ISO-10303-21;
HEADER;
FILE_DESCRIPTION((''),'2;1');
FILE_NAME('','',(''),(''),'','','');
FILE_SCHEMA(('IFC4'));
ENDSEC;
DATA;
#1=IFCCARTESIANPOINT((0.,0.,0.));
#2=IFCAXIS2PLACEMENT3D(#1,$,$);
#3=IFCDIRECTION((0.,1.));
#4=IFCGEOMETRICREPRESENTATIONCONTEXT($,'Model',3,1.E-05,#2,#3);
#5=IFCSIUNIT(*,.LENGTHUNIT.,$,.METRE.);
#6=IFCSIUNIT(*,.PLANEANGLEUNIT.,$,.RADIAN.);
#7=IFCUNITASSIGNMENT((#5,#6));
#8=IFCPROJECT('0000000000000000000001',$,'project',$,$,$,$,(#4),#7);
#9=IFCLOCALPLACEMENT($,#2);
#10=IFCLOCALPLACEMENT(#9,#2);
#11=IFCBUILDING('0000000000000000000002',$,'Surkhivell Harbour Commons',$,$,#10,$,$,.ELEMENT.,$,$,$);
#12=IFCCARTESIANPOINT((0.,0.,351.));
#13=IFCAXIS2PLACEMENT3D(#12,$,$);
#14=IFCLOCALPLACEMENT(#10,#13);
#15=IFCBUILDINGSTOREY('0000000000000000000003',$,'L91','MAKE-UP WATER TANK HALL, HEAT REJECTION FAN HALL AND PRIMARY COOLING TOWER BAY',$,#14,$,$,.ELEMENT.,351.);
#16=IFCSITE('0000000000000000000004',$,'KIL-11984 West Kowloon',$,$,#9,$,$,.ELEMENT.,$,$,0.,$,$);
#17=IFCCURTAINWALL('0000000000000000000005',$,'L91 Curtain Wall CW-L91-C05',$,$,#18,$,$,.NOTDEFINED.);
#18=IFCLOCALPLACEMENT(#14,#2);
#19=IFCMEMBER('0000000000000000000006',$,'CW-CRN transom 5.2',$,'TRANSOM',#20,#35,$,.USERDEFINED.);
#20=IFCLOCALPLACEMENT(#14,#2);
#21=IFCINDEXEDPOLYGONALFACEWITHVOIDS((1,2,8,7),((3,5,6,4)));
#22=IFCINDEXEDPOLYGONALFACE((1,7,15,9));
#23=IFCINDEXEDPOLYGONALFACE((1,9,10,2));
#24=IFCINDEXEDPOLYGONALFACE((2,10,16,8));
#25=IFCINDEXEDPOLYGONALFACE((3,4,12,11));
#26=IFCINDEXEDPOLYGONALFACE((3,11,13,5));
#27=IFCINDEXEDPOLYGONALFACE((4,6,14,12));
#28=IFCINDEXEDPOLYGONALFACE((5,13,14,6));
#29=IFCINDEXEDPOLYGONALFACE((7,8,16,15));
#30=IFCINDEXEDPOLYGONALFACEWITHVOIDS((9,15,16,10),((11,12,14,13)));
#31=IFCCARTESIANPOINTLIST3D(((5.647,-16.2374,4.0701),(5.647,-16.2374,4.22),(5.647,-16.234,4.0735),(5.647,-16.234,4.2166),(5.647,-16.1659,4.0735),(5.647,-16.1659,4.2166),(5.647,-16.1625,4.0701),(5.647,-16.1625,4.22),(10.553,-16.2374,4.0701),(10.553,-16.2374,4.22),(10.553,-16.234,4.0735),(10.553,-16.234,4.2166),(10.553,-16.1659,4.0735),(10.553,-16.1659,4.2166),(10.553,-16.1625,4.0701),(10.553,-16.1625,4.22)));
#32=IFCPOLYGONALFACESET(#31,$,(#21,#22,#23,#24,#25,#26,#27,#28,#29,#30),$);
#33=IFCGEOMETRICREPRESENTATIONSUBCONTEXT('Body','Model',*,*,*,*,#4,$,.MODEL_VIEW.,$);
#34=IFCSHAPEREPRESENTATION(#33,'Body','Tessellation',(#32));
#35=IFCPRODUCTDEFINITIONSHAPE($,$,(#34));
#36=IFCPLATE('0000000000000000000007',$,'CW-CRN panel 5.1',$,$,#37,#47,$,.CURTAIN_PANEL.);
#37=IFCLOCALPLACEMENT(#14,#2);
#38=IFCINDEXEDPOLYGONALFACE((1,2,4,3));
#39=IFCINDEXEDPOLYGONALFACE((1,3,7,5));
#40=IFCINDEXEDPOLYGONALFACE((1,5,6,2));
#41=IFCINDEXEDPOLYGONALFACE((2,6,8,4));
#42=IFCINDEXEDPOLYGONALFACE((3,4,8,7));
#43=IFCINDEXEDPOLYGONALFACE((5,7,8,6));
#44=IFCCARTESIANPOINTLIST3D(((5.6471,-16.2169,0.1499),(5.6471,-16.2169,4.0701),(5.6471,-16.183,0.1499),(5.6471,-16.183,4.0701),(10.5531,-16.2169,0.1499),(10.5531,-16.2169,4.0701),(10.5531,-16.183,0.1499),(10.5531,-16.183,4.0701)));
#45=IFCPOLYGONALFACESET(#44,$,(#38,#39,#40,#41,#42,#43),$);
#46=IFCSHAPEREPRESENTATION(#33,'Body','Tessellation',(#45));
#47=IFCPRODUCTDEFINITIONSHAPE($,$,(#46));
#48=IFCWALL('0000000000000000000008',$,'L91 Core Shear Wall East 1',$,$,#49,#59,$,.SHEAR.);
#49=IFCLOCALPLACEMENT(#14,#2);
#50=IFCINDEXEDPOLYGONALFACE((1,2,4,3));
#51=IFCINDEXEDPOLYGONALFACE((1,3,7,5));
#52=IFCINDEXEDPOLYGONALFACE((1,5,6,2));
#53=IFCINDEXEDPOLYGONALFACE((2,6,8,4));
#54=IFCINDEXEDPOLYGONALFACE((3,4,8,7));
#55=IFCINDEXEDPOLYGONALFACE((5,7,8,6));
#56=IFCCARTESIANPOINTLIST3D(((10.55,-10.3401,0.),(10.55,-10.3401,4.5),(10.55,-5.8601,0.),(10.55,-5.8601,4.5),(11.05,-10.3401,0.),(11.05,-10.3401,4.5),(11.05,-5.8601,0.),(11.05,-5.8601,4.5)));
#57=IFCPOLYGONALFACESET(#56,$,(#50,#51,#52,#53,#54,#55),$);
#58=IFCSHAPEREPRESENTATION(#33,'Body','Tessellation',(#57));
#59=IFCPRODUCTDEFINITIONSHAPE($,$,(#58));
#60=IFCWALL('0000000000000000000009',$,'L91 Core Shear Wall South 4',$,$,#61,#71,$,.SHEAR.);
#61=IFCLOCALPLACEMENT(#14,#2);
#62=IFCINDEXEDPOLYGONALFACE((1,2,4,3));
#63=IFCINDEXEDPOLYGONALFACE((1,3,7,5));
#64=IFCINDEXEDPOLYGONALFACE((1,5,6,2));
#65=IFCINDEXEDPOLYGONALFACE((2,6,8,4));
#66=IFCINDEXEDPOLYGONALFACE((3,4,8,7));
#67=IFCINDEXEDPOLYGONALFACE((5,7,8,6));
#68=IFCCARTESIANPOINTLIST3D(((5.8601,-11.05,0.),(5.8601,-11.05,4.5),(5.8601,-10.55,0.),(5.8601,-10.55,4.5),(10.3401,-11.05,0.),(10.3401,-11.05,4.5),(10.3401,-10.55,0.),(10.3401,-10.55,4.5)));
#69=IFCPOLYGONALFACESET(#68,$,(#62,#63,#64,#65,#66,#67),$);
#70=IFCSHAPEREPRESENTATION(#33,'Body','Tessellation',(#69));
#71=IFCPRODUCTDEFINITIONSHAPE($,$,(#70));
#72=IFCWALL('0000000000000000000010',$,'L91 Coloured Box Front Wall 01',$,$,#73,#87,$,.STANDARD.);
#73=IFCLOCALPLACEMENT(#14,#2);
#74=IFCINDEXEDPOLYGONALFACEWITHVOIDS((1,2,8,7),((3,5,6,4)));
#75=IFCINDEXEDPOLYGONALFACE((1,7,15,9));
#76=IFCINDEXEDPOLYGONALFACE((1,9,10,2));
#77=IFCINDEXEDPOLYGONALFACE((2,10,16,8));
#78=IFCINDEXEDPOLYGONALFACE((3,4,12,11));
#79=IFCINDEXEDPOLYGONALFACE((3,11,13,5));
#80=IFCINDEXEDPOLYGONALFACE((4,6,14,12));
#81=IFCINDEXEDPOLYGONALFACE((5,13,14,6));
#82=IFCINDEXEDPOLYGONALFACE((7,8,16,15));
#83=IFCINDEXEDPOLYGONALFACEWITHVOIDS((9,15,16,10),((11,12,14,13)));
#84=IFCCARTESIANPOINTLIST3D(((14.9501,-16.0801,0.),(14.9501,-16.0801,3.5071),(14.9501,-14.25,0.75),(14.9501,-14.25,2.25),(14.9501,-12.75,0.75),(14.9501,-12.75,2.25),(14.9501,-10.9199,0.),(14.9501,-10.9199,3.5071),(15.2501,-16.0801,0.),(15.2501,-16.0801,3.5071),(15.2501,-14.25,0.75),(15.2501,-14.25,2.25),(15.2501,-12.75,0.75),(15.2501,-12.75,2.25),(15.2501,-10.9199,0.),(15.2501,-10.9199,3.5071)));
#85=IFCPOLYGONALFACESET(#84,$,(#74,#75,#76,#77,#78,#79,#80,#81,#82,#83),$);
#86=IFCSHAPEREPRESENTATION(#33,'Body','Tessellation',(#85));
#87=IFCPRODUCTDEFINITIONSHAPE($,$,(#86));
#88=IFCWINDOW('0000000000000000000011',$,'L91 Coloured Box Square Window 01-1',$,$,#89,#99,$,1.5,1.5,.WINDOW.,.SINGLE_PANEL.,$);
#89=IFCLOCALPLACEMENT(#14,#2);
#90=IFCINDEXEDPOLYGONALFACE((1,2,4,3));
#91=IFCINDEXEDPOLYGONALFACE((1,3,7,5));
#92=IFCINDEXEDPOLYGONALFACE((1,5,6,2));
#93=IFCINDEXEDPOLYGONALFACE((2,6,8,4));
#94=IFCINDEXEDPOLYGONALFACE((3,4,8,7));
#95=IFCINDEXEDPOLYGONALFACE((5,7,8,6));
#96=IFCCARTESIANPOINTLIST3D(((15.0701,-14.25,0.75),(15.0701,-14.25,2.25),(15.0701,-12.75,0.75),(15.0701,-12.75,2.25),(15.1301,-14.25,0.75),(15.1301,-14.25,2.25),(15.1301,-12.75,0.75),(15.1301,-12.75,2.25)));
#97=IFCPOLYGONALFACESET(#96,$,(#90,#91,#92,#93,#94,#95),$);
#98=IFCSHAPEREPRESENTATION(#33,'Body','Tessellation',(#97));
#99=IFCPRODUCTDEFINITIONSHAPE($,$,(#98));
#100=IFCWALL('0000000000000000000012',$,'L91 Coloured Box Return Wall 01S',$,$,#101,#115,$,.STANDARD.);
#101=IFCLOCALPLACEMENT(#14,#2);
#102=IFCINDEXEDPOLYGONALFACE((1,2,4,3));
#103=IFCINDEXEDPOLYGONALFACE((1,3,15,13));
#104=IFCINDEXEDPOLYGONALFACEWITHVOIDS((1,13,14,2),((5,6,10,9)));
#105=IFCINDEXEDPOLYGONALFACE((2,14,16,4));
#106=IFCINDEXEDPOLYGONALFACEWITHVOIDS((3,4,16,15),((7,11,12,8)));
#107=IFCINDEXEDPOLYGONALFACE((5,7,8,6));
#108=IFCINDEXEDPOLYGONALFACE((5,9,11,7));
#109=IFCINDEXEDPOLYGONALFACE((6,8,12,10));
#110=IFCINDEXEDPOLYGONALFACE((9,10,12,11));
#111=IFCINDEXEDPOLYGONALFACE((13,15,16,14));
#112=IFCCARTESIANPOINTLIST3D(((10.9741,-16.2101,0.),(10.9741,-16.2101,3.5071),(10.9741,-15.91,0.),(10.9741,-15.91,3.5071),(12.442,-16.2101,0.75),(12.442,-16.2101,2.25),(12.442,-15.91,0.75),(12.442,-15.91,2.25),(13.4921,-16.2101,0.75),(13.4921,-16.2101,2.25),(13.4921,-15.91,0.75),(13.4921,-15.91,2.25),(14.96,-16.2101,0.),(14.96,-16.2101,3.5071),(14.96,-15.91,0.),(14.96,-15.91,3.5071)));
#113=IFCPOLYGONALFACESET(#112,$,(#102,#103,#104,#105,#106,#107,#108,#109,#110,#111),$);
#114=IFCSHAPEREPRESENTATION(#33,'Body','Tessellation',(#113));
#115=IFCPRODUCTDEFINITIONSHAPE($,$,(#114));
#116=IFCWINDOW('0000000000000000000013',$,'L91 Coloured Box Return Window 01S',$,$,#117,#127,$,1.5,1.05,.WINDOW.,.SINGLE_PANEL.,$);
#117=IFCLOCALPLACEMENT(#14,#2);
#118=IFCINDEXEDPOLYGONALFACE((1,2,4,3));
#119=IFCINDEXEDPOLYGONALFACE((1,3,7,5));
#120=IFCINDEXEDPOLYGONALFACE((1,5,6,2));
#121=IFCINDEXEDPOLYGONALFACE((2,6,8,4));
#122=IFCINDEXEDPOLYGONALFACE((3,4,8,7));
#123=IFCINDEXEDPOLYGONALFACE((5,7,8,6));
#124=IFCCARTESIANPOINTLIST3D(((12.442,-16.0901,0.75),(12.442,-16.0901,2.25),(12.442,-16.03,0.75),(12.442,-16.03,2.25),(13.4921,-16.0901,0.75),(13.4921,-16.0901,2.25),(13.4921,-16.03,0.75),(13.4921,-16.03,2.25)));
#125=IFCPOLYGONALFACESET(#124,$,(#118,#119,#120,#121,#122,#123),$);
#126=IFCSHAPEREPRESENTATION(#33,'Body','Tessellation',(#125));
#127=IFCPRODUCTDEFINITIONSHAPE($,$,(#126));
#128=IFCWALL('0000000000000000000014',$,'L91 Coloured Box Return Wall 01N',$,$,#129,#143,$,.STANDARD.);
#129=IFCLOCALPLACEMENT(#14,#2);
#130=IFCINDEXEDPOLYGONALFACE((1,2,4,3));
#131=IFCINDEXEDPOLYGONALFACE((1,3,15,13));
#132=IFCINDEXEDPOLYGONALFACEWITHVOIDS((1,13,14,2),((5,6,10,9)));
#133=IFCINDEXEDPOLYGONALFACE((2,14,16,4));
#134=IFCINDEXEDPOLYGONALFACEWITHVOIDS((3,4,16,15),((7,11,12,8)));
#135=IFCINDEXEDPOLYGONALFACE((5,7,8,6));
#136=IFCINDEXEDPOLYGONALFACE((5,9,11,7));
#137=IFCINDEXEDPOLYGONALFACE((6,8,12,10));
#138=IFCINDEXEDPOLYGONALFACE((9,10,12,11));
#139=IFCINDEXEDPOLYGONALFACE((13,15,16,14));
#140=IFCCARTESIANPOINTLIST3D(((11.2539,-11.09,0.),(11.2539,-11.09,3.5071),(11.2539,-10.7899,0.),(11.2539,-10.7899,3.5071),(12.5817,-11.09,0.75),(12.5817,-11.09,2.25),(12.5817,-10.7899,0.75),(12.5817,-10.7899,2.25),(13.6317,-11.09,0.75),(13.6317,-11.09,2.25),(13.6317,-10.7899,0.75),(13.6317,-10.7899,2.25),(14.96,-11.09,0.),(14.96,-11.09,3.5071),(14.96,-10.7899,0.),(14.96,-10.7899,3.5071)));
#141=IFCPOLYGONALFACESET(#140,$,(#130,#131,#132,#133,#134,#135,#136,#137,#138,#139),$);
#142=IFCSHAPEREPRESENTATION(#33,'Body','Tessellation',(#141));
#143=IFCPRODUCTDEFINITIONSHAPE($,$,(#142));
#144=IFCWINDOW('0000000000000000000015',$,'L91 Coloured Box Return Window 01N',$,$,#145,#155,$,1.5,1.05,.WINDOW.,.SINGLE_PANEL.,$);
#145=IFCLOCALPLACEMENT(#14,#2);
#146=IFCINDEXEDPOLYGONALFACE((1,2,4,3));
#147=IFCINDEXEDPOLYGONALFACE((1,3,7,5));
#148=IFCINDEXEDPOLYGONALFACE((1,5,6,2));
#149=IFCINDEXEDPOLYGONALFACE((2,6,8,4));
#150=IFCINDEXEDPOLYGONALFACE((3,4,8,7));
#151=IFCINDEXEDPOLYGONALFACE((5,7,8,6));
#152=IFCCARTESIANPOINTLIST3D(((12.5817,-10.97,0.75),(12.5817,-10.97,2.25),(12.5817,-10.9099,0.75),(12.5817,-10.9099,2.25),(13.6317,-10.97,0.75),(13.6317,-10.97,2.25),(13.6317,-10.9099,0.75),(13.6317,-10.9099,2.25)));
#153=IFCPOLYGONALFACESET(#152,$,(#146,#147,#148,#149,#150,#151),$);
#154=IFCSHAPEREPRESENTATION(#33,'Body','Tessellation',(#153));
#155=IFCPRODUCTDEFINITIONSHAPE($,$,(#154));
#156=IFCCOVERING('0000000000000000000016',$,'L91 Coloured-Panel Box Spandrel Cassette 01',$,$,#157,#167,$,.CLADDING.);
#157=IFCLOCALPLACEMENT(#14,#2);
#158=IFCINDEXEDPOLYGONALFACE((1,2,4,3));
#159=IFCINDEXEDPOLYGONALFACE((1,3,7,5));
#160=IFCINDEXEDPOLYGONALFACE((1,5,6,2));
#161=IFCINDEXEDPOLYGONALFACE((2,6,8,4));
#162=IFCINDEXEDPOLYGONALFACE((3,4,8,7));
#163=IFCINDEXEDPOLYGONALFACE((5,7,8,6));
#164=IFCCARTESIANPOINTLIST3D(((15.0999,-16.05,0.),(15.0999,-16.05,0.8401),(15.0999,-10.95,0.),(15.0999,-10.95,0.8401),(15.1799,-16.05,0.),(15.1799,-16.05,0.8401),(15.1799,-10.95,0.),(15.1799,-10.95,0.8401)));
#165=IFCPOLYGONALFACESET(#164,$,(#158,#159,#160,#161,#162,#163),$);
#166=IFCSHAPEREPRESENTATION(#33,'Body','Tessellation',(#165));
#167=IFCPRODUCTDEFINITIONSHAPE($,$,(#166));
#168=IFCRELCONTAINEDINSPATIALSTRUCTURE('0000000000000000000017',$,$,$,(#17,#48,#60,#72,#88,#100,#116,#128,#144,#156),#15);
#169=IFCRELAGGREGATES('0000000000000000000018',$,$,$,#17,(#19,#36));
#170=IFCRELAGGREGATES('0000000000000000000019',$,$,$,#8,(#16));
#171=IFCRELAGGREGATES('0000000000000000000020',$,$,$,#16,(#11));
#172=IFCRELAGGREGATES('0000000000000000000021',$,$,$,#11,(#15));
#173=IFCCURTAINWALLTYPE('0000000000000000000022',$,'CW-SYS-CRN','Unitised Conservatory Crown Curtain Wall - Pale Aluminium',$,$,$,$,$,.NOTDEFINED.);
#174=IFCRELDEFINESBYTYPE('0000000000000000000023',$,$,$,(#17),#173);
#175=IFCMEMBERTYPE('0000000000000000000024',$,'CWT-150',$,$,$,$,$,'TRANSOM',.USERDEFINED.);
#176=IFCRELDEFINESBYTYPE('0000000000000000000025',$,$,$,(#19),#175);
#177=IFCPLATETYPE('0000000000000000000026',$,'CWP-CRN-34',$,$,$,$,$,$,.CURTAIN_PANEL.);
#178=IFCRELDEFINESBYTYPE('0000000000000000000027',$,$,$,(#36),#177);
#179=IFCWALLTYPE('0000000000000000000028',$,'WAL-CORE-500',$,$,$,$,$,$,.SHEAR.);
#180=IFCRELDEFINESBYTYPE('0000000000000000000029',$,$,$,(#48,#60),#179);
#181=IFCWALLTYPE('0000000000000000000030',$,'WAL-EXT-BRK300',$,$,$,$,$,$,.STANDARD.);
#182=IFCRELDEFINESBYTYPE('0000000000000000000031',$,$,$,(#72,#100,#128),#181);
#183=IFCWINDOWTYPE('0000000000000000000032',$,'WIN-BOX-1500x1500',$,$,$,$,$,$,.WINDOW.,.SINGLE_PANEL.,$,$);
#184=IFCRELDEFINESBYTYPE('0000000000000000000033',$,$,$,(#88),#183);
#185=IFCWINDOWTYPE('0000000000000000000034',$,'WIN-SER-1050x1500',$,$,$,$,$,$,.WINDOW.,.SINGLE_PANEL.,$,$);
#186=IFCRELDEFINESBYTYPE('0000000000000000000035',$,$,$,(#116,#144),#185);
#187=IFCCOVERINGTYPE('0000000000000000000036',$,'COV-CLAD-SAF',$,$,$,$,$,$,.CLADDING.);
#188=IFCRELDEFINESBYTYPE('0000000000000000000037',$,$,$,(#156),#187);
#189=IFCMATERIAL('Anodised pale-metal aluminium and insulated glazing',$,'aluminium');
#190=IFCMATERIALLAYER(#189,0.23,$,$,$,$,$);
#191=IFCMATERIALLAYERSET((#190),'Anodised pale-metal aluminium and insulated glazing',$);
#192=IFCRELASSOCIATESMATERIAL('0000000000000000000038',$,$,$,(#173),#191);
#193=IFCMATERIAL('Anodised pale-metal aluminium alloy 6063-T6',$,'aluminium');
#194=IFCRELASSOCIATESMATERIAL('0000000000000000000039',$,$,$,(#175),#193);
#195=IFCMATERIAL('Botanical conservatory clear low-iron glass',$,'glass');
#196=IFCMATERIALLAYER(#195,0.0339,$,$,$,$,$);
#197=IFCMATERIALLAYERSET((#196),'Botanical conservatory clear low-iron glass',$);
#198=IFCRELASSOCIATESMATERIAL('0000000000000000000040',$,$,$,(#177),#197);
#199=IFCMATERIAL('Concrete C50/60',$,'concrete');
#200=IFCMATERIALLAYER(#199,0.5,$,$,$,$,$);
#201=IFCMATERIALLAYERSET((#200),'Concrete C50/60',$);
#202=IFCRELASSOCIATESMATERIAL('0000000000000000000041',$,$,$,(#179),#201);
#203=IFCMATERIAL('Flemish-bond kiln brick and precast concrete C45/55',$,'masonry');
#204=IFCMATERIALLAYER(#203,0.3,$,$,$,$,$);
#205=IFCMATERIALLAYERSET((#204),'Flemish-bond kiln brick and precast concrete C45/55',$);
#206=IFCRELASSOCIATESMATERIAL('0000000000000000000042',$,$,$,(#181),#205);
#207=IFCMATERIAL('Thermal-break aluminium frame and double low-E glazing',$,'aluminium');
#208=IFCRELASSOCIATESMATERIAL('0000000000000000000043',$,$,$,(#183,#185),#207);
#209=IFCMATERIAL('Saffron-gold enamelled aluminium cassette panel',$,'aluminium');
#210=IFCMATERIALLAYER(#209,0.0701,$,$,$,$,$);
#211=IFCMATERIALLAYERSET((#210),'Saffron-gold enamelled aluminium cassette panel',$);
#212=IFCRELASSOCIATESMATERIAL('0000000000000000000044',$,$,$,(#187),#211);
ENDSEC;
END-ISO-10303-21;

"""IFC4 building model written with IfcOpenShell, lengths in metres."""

from ifc_helpers import new_model, si_unit, direction, frame, frame_2d, origin, origin_2d, place, context, subcontext, project, spatial, rectangle, hollow_rectangle, extrude, material, layer, layer_set, material_profile, profile_set, type_object, element, fill, aggregate, save


model = new_model("IFC4")

# Units and contexts
model_context = context("Model", 3, precision=1e-05, world=origin(), true_north=direction((0.0, 1.0)))
body_context = subcontext(model_context, "Body", "Model", "MODEL_VIEW")
ifc_project = project(units=[si_unit("LENGTHUNIT", "METRE"), si_unit("PLANEANGLEUNIT", "RADIAN")], contexts=[model_context])

# Site, building, storey
site_placement = place(None, origin())
site = spatial("IfcSite", under=ifc_project, at=site_placement, Name="KIL-11984 West Kowloon", CompositionType="ELEMENT", RefElevation=0.0)
building_placement = place(site_placement, origin())
building = spatial("IfcBuilding", under=site, at=building_placement, Name="Surkhivell Harbour Commons", CompositionType="ELEMENT")
storey_placement = place(building_placement, frame((0.0, 0.0, 351.0)))
storey = spatial("IfcBuildingStorey", under=building, at=storey_placement, Name="L91", Description="MAKE-UP WATER TANK HALL, HEAT REJECTION FAN HALL AND PRIMARY COOLING TOWER BAY", CompositionType="ELEMENT", Elevation=351.0)

# Curtain wall
ifc_material_1 = material(Name="Anodised pale-metal aluminium and insulated glazing", Category="aluminium")
ifc_layer_1 = layer(ifc_material_1, 0.23)
ifc_layer_set_1 = layer_set([ifc_layer_1], Name="Anodised pale-metal aluminium and insulated glazing")
curtain_wall_type = type_object("IfcCurtainWallType", Name="CW-SYS-CRN", Description="Unitised Conservatory Crown Curtain Wall - Pale Aluminium", PredefinedType="NOTDEFINED", material=ifc_layer_set_1)
curtain_wall_1_placement = place(storey_placement, origin())
curtain_wall_1 = element("IfcCurtainWall", 1, at=curtain_wall_1_placement, inside=storey, type_object=curtain_wall_type, Name="L91 Curtain Wall CW-L91-C05", PredefinedType="NOTDEFINED")
ifc_material_2 = material(Name="Anodised pale-metal aluminium alloy 6063-T6", Category="aluminium")

# Member
ifc_material_profile_1 = material_profile(ifc_material_2, hollow_rectangle(XDim=0.075, YDim=0.1499, WallThickness=0.0034, at=origin_2d()), Name="ALU-TRAN-75x150")
ifc_profile_set_1 = profile_set([ifc_material_profile_1], Name="Anodised pale-metal aluminium alloy 6063-T6")
member_type_1 = type_object("IfcMemberType", Name="CWT-150", ElementType="TRANSOM", PredefinedType="USERDEFINED", material=ifc_profile_set_1)
member_1_placement = place(storey_placement, frame((5.647, -16.2, 4.145), z_axis=(1.0, 0.0, 0.0), x_axis=(0.0, 1.0, 0.0)))
member_1 = element("IfcMember", 2, at=member_1_placement, type_object=member_type_1, Name="CW-CRN transom 5.2", ObjectType="TRANSOM", PredefinedType="USERDEFINED", context=body_context, shape_type="SweptSolid", body=[
    extrude(hollow_rectangle(XDim=0.075, YDim=0.1499, WallThickness=0.0034, at=origin_2d()), origin(), (0.0, 0.0, 1.0), 4.906),
])

# Plate
ifc_material_3 = material(Name="Botanical conservatory clear low-iron glass", Category="glass")
ifc_layer_2 = layer(ifc_material_3, 0.0339)
ifc_layer_set_2 = layer_set([ifc_layer_2], Name="Botanical conservatory clear low-iron glass")
plate_type = type_object("IfcPlateType", Name="CWP-CRN-34", PredefinedType="CURTAIN_PANEL", material=ifc_layer_set_2)
plate_placement = place(storey_placement, frame((5.647, -16.2, 0.1499), z_axis=(0.0, 0.0, 1.0), x_axis=(1.0, 0.0, 0.0)))
plate = element("IfcPlate", 3, at=plate_placement, type_object=plate_type, Name="CW-CRN panel 5.1", PredefinedType="CURTAIN_PANEL", context=body_context, shape_type="SweptSolid", body=[
    extrude(rectangle(XDim=4.906, YDim=0.0339, at=frame_2d((2.4531, 0.0))), origin(), (0.0, 0.0, 1.0), 3.9202),
])
aggregate(curtain_wall_1, [member_1, plate])

# Walls
ifc_material_4 = material(Name="Concrete C50/60", Category="concrete")
ifc_layer_3 = layer(ifc_material_4, 0.5)
ifc_layer_set_3 = layer_set([ifc_layer_3], Name="Concrete C50/60")
wall_type_1 = type_object("IfcWallType", Name="WAL-CORE-500", PredefinedType="SHEAR", material=ifc_layer_set_3)
for number, where, z_axis, x_axis, name in (
    (4, (10.8, -10.3401, 0.0), (0.0, 0.0, 1.0), (0.0, 1.0, 0.0), "L91 Core Shear Wall East 1"),
    (5, (5.8601, -10.8, 0.0), (0.0, 0.0, 1.0), (1.0, 0.0, 0.0), "L91 Core Shear Wall South 4"),
):
    element("IfcWall", number, at=place(storey_placement, frame(where, z_axis=z_axis, x_axis=x_axis)), inside=storey, type_object=wall_type_1, Name=name, PredefinedType="SHEAR", context=body_context, shape_type="SweptSolid", body=[
        extrude(rectangle(XDim=4.48, YDim=0.5, at=frame_2d((2.24, 0.0))), origin(), (0.0, 0.0, 1.0), 4.5),
    ])

# Walls, openings, windows
ifc_material_5 = material(Name="Flemish-bond kiln brick and precast concrete C45/55", Category="masonry")
ifc_layer_4 = layer(ifc_material_5, 0.3)
ifc_layer_set_4 = layer_set([ifc_layer_4], Name="Flemish-bond kiln brick and precast concrete C45/55")
wall_type_2 = type_object("IfcWallType", Name="WAL-EXT-BRK300", PredefinedType="STANDARD", material=ifc_layer_set_4)
wall_1_placement = place(storey_placement, frame((15.1001, -16.0801, 0.0), z_axis=(0.0, 0.0, 1.0), x_axis=(0.0, 1.0, 0.0)))
wall_1 = element("IfcWall", 6, at=wall_1_placement, inside=storey, type_object=wall_type_2, Name="L91 Coloured Box Front Wall 01", PredefinedType="STANDARD", context=body_context, shape_type="SweptSolid", body=[
    extrude(rectangle(XDim=5.1602, YDim=0.3, at=frame_2d((2.5801, 0.0))), origin(), (0.0, 0.0, 1.0), 3.5071),
])
opening_1_placement = place(wall_1_placement, frame((1.8301, 0.0, 0.75)))
opening_1 = element("IfcOpeningElement", 7, at=opening_1_placement, cuts=wall_1, PredefinedType="OPENING", context=body_context, shape_type="SweptSolid", body=[
    extrude(rectangle(XDim=1.5, YDim=1.5, at=frame_2d((0.75, 0.75))), frame((0.0, 0.1599, 0.0), z_axis=(0.0, -1.0, 0.0), x_axis=(1.0, 0.0, 0.0)), (0.0, 0.0, 1.0), 0.3201),
])
ifc_material_6 = material(Name="Thermal-break aluminium frame and double low-E glazing", Category="aluminium")
window_type_1 = type_object("IfcWindowType", Name="WIN-BOX-1500x1500", PartitioningType="SINGLE_PANEL", PredefinedType="WINDOW", material=ifc_material_6)
window_1_placement = place(opening_1_placement, origin())
window_1 = element("IfcWindow", 8, at=window_1_placement, inside=storey, type_object=window_type_1, Name="L91 Coloured Box Square Window 01-1", OverallHeight=1.5, OverallWidth=1.5, PartitioningType="SINGLE_PANEL", PredefinedType="WINDOW", context=body_context, shape_type="SweptSolid", body=[
    extrude(rectangle(XDim=1.5, YDim=1.5, at=frame_2d((0.75, 0.75))), frame((0.0, 0.03, 0.0), z_axis=(0.0, -1.0, 0.0), x_axis=(1.0, 0.0, 0.0)), (0.0, 0.0, 1.0), 0.0601),
])
fill(opening_1, window_1)
wall_2_placement = place(storey_placement, frame((10.9741, -16.0601, 0.0), z_axis=(0.0, 0.0, 1.0), x_axis=(1.0, 0.0, 0.0)))
wall_2 = element("IfcWall", 9, at=wall_2_placement, inside=storey, type_object=wall_type_2, Name="L91 Coloured Box Return Wall 01S", PredefinedType="STANDARD", context=body_context, shape_type="SweptSolid", body=[
    extrude(rectangle(XDim=3.9858, YDim=0.3, at=frame_2d((1.9929, 0.0))), origin(), (0.0, 0.0, 1.0), 3.5071),
])
opening_2_placement = place(wall_2_placement, frame((1.468, 0.0, 0.75)))
opening_2 = element("IfcOpeningElement", 10, at=opening_2_placement, cuts=wall_2, PredefinedType="OPENING", context=body_context, shape_type="SweptSolid", body=[
    extrude(rectangle(XDim=1.05, YDim=1.5, at=frame_2d((0.5249, 0.75))), frame((0.0, 0.1599, 0.0), z_axis=(0.0, -1.0, 0.0), x_axis=(1.0, 0.0, 0.0)), (0.0, 0.0, 1.0), 0.3201),
])
window_type_2 = type_object("IfcWindowType", Name="WIN-SER-1050x1500", PartitioningType="SINGLE_PANEL", PredefinedType="WINDOW", material=ifc_material_6)
window_2_placement = place(opening_2_placement, origin())
window_2 = element("IfcWindow", 11, at=window_2_placement, inside=storey, type_object=window_type_2, Name="L91 Coloured Box Return Window 01S", OverallHeight=1.5, OverallWidth=1.05, PartitioningType="SINGLE_PANEL", PredefinedType="WINDOW", context=body_context, shape_type="SweptSolid", body=[
    extrude(rectangle(XDim=1.05, YDim=1.5, at=frame_2d((0.5249, 0.75))), frame((0.0, 0.03, 0.0), z_axis=(0.0, -1.0, 0.0), x_axis=(1.0, 0.0, 0.0)), (0.0, 0.0, 1.0), 0.0601),
])
fill(opening_2, window_2)
wall_3_placement = place(storey_placement, frame((11.2539, -10.9399, 0.0), z_axis=(0.0, 0.0, 1.0), x_axis=(1.0, 0.0, 0.0)))
wall_3 = element("IfcWall", 12, at=wall_3_placement, inside=storey, type_object=wall_type_2, Name="L91 Coloured Box Return Wall 01N", PredefinedType="STANDARD", context=body_context, shape_type="SweptSolid", body=[
    extrude(rectangle(XDim=3.7061, YDim=0.3, at=frame_2d((1.853, 0.0))), origin(), (0.0, 0.0, 1.0), 3.5071),
])
opening_3_placement = place(wall_3_placement, frame((1.3279, 0.0, 0.75)))
opening_3 = element("IfcOpeningElement", 13, at=opening_3_placement, cuts=wall_3, PredefinedType="OPENING", context=body_context, shape_type="SweptSolid", body=[
    extrude(rectangle(XDim=1.05, YDim=1.5, at=frame_2d((0.5249, 0.75))), frame((0.0, 0.1599, 0.0), z_axis=(0.0, -1.0, 0.0), x_axis=(1.0, 0.0, 0.0)), (0.0, 0.0, 1.0), 0.3201),
])
window_3_placement = place(opening_3_placement, origin())
window_3 = element("IfcWindow", 14, at=window_3_placement, inside=storey, type_object=window_type_2, Name="L91 Coloured Box Return Window 01N", OverallHeight=1.5, OverallWidth=1.05, PartitioningType="SINGLE_PANEL", PredefinedType="WINDOW", context=body_context, shape_type="SweptSolid", body=[
    extrude(rectangle(XDim=1.05, YDim=1.5, at=frame_2d((0.5249, 0.75))), frame((0.0, 0.03, 0.0), z_axis=(0.0, -1.0, 0.0), x_axis=(1.0, 0.0, 0.0)), (0.0, 0.0, 1.0), 0.0601),
])
fill(opening_3, window_3)

# Covering
ifc_material_7 = material(Name="Saffron-gold enamelled aluminium cassette panel", Category="aluminium")
ifc_layer_5 = layer(ifc_material_7, 0.0701)
ifc_layer_set_5 = layer_set([ifc_layer_5], Name="Saffron-gold enamelled aluminium cassette panel")
covering_type = type_object("IfcCoveringType", Name="COV-CLAD-SAF", PredefinedType="CLADDING", material=ifc_layer_set_5)
covering_placement = place(storey_placement, frame((15.1399, -13.5, 0.0), z_axis=(0.0, 0.0, 1.0), x_axis=(1.0, 0.0, 0.0)))
element("IfcCovering", 15, at=covering_placement, inside=storey, type_object=covering_type, Name="L91 Coloured-Panel Box Spandrel Cassette 01", PredefinedType="CLADDING", context=body_context, shape_type="SweptSolid", body=[
    extrude(rectangle(XDim=0.0801, YDim=5.1001, at=origin_2d()), origin(), (0.0, 0.0, 1.0), 0.8401),
])

save(model, "model.ifc")
